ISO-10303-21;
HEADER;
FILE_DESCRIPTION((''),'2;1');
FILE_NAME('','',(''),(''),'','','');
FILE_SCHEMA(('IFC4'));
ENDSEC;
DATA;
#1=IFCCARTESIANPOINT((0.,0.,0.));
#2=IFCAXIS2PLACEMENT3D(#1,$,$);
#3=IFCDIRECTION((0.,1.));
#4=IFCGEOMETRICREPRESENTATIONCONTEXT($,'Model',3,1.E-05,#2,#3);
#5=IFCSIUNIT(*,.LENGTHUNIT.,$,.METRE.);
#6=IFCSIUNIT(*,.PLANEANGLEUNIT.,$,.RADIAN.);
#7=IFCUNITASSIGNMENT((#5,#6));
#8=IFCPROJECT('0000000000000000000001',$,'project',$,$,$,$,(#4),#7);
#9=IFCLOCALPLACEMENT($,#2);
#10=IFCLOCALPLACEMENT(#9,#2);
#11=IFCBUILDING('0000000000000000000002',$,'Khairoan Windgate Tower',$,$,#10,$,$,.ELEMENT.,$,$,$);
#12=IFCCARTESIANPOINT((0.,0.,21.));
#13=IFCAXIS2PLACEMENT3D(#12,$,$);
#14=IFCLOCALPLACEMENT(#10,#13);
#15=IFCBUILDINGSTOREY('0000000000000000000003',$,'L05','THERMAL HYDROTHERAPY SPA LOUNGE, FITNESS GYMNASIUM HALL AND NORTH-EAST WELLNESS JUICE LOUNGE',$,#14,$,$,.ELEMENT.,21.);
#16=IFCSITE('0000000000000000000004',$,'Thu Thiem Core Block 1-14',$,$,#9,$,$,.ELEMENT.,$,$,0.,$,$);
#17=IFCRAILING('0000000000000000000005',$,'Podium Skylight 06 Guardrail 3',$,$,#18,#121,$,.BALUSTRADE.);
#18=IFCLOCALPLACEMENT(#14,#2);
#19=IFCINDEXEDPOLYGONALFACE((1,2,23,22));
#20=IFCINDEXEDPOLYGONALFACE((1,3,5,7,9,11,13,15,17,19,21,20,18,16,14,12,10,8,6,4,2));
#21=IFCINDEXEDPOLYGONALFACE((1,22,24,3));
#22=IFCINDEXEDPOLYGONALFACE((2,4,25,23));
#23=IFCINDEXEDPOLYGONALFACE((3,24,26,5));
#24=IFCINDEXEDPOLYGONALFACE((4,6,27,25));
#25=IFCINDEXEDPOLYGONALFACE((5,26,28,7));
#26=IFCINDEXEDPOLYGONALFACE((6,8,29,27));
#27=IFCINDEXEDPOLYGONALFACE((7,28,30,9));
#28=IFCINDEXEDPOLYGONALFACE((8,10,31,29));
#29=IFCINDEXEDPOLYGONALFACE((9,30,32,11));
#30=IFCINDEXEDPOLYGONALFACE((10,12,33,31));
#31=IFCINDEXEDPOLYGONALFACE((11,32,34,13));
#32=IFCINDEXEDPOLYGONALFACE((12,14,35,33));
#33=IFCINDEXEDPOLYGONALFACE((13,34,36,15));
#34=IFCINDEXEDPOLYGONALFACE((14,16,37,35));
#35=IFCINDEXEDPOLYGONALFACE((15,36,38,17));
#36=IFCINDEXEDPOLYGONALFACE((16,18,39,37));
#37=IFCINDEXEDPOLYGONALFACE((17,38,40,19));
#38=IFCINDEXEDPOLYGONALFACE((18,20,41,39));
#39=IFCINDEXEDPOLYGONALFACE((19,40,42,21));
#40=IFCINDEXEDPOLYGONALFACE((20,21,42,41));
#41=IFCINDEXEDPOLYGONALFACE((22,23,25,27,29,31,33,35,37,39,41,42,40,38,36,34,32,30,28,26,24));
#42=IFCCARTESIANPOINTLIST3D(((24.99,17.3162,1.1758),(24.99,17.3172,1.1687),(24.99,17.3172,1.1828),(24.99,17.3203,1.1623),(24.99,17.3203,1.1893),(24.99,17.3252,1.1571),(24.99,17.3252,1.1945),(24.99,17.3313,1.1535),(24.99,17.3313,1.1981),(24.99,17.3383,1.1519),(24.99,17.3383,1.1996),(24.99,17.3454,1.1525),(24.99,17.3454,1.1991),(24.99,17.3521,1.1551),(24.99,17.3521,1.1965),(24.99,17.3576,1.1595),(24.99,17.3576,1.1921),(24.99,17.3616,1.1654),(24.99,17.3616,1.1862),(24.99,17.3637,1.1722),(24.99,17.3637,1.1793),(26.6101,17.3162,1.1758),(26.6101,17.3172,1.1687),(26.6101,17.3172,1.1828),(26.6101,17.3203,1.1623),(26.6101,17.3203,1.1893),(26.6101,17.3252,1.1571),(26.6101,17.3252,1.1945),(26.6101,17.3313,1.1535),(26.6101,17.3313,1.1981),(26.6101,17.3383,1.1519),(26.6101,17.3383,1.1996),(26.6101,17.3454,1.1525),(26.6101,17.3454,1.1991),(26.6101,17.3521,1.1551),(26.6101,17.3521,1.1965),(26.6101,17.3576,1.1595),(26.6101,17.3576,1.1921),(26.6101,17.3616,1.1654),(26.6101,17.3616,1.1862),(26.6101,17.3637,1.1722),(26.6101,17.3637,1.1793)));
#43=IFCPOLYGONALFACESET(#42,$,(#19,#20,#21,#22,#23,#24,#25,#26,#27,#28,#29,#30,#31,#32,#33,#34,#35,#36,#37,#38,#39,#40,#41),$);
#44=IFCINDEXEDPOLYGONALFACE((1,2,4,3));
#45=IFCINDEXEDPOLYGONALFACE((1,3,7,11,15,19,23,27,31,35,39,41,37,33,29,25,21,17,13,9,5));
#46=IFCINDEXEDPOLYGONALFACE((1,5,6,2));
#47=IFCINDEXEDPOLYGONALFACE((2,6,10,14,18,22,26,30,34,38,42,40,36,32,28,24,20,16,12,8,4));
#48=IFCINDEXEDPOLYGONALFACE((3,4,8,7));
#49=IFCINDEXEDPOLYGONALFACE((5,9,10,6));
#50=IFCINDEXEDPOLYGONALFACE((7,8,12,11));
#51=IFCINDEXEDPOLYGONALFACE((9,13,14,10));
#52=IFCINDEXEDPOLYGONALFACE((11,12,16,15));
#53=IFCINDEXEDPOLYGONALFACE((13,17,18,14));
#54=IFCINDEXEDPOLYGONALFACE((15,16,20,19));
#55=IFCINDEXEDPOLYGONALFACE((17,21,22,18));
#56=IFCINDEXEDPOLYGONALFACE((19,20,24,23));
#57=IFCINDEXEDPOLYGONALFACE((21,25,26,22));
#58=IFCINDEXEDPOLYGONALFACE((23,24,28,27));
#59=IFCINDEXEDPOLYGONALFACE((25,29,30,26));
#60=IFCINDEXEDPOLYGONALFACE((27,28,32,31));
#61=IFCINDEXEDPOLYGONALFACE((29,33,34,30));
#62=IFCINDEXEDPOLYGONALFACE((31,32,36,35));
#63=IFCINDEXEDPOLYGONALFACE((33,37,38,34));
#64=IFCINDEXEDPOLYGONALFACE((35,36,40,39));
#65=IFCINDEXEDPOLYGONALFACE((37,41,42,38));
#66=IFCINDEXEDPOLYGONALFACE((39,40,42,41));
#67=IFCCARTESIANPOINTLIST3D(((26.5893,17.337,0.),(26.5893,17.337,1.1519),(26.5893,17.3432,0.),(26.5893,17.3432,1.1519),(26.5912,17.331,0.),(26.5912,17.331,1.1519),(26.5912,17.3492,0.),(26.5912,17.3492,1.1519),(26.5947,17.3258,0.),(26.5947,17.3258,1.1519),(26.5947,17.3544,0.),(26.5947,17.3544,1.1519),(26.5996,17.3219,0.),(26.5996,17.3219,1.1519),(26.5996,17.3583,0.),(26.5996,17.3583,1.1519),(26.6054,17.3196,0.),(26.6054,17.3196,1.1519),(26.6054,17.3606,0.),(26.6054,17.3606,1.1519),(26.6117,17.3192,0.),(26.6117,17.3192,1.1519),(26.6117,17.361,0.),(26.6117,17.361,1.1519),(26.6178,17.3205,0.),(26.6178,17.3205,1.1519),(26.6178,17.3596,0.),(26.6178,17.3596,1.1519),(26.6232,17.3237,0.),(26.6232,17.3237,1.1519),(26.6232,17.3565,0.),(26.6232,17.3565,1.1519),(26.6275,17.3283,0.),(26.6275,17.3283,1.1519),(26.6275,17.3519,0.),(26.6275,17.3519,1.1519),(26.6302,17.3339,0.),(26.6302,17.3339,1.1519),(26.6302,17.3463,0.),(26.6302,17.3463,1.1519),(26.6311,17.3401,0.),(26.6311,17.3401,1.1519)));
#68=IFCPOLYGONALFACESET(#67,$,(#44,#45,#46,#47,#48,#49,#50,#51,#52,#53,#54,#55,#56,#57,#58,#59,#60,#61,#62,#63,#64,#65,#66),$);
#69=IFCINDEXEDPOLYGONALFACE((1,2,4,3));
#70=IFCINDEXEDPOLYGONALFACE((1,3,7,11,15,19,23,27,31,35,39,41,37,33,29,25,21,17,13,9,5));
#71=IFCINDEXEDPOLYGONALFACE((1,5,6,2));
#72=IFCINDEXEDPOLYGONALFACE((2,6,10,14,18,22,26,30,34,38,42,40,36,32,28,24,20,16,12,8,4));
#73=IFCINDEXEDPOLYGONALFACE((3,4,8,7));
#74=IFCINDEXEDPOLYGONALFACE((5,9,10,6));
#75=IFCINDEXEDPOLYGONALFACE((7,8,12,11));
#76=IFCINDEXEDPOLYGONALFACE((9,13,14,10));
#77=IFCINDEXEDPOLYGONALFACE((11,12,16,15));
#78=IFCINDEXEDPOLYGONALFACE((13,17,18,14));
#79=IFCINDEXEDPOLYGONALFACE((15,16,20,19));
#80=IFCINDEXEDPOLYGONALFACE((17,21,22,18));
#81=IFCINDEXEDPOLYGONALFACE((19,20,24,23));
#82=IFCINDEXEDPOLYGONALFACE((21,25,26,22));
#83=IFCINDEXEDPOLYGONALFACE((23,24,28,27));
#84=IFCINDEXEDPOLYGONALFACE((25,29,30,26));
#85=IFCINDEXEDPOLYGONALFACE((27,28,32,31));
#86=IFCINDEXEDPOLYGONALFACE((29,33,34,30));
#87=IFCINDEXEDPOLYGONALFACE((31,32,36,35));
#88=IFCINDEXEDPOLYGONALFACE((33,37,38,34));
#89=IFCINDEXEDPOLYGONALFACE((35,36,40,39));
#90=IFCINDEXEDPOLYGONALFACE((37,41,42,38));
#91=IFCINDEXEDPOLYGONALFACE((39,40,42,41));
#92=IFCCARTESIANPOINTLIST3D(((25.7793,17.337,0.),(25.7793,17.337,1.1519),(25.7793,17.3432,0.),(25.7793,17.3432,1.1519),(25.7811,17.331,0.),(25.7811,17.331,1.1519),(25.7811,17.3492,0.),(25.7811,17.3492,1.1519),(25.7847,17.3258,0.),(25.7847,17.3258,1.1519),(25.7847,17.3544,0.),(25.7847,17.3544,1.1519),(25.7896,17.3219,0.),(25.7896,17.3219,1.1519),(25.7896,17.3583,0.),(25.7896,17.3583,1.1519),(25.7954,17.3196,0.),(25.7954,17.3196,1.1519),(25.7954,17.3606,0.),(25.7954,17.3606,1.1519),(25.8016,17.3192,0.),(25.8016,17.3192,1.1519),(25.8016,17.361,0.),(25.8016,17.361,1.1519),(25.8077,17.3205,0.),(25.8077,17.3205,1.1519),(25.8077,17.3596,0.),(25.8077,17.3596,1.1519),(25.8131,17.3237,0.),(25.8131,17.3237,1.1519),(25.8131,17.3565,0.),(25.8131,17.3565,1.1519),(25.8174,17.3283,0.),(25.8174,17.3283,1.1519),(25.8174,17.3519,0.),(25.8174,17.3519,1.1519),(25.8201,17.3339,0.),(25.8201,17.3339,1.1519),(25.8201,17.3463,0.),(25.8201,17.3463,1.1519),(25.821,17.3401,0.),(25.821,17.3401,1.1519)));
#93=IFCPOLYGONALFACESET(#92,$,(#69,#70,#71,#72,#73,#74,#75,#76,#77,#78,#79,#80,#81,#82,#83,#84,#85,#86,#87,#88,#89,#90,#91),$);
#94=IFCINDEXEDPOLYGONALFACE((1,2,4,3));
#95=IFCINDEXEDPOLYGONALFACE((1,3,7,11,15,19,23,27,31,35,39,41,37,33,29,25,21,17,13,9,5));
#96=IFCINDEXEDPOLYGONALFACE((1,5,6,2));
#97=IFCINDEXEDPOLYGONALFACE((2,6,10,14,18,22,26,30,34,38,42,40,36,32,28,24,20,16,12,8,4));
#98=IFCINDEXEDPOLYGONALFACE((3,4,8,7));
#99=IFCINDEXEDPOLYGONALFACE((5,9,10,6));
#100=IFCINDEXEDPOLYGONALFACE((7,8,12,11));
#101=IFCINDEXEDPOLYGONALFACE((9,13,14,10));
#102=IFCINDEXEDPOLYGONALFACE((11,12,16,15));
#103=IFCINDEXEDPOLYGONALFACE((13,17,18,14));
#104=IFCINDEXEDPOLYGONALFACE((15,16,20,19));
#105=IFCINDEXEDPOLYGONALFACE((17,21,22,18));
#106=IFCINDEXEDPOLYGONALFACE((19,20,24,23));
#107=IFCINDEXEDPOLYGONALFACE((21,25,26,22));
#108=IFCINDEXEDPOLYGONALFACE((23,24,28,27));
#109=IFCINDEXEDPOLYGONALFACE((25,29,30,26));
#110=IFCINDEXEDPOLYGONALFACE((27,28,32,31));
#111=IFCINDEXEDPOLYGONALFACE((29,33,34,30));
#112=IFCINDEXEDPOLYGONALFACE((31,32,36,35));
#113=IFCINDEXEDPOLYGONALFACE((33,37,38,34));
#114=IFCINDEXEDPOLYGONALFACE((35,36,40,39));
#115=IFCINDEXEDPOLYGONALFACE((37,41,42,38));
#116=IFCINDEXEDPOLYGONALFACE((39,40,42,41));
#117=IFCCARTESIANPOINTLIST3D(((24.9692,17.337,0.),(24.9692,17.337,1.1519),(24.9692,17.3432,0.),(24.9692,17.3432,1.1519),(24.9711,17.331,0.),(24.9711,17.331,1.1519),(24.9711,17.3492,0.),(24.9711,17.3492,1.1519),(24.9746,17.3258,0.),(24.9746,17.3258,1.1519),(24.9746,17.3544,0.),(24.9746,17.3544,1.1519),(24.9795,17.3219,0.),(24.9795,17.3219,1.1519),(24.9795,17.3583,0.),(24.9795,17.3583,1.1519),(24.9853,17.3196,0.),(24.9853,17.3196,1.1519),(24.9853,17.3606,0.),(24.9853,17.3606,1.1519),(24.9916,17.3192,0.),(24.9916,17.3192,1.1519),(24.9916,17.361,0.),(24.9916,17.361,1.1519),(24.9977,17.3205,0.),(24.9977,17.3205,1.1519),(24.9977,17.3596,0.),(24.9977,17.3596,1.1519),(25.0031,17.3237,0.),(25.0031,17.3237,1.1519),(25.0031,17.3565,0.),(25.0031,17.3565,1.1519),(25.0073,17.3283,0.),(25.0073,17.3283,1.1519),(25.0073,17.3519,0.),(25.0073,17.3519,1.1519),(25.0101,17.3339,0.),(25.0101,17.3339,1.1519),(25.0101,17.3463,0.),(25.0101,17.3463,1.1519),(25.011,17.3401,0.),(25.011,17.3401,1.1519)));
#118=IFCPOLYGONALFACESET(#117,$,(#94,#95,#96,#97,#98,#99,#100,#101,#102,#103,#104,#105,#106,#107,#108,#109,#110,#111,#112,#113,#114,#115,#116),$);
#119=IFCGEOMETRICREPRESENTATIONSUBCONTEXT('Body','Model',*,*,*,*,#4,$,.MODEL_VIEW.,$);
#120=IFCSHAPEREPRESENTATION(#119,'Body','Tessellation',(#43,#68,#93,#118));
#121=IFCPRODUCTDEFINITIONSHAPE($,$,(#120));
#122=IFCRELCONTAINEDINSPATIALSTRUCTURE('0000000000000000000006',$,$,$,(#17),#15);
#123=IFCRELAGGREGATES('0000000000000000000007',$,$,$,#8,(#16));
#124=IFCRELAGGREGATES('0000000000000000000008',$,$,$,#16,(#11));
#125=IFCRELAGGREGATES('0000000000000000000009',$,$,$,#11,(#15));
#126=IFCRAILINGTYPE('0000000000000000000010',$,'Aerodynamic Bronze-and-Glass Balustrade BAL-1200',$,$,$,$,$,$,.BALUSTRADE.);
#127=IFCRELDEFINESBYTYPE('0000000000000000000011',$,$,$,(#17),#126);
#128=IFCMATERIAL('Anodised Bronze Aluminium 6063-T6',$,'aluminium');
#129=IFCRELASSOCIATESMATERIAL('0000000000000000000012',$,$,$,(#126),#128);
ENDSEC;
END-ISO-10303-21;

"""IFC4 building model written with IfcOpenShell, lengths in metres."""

from ifc_helpers import new_model, si_unit, direction, frame, origin, origin_2d, place, context, subcontext, project, spatial, circle, extrude, material, type_object, element, save


model = new_model("IFC4")

# Units and contexts
model_context = context("Model", 3, precision=1e-05, world=origin(), true_north=direction((0.0, 1.0)))
body_context = subcontext(model_context, "Body", "Model", "MODEL_VIEW")
ifc_project = project(units=[si_unit("LENGTHUNIT", "METRE"), si_unit("PLANEANGLEUNIT", "RADIAN")], contexts=[model_context])

# Site, building, storey
site_placement = place(None, origin())
site = spatial("IfcSite", under=ifc_project, at=site_placement, Name="Thu Thiem Core Block 1-14", CompositionType="ELEMENT", RefElevation=0.0)
building_placement = place(site_placement, origin())
building = spatial("IfcBuilding", under=site, at=building_placement, Name="Khairoan Windgate Tower", CompositionType="ELEMENT")
storey_placement = place(building_placement, frame((0.0, 0.0, 21.0)))
storey = spatial("IfcBuildingStorey", under=building, at=storey_placement, Name="L05", Description="THERMAL HYDROTHERAPY SPA LOUNGE, FITNESS GYMNASIUM HALL AND NORTH-EAST WELLNESS JUICE LOUNGE", CompositionType="ELEMENT", Elevation=21.0)

# Railing
ifc_material_1 = material(Name="Anodised Bronze Aluminium 6063-T6", Category="aluminium")
railing_type = type_object("IfcRailingType", Name="Aerodynamic Bronze-and-Glass Balustrade BAL-1200", PredefinedType="BALUSTRADE", material=ifc_material_1)
railing_1_placement = place(storey_placement, frame((26.6101, 17.3401, 0.0)))
element("IfcRailing", 1, at=railing_1_placement, inside=storey, type_object=railing_type, Name="Podium Skylight 06 Guardrail 3", PredefinedType="BALUSTRADE", context=body_context, shape_type="SweptSolid", body=[
    extrude(circle(Radius=0.0239, at=origin_2d()), frame((0.0, 0.0, 1.1758), z_axis=(-1.0, 0.0, 0.0), x_axis=(0.0, -1.0, 0.0)), (0.0, 0.0, 1.0), 1.6201),
    extrude(circle(Radius=0.021, at=origin_2d()), origin(), (0.0, 0.0, 1.0), 1.1519),
    extrude(circle(Radius=0.021, at=origin_2d()), frame((-0.8101, 0.0, 0.0)), (0.0, 0.0, 1.0), 1.1519),
    extrude(circle(Radius=0.021, at=origin_2d()), frame((-1.6201, 0.0, 0.0)), (0.0, 0.0, 1.0), 1.1519),
])

save(model, "model.ifc")
